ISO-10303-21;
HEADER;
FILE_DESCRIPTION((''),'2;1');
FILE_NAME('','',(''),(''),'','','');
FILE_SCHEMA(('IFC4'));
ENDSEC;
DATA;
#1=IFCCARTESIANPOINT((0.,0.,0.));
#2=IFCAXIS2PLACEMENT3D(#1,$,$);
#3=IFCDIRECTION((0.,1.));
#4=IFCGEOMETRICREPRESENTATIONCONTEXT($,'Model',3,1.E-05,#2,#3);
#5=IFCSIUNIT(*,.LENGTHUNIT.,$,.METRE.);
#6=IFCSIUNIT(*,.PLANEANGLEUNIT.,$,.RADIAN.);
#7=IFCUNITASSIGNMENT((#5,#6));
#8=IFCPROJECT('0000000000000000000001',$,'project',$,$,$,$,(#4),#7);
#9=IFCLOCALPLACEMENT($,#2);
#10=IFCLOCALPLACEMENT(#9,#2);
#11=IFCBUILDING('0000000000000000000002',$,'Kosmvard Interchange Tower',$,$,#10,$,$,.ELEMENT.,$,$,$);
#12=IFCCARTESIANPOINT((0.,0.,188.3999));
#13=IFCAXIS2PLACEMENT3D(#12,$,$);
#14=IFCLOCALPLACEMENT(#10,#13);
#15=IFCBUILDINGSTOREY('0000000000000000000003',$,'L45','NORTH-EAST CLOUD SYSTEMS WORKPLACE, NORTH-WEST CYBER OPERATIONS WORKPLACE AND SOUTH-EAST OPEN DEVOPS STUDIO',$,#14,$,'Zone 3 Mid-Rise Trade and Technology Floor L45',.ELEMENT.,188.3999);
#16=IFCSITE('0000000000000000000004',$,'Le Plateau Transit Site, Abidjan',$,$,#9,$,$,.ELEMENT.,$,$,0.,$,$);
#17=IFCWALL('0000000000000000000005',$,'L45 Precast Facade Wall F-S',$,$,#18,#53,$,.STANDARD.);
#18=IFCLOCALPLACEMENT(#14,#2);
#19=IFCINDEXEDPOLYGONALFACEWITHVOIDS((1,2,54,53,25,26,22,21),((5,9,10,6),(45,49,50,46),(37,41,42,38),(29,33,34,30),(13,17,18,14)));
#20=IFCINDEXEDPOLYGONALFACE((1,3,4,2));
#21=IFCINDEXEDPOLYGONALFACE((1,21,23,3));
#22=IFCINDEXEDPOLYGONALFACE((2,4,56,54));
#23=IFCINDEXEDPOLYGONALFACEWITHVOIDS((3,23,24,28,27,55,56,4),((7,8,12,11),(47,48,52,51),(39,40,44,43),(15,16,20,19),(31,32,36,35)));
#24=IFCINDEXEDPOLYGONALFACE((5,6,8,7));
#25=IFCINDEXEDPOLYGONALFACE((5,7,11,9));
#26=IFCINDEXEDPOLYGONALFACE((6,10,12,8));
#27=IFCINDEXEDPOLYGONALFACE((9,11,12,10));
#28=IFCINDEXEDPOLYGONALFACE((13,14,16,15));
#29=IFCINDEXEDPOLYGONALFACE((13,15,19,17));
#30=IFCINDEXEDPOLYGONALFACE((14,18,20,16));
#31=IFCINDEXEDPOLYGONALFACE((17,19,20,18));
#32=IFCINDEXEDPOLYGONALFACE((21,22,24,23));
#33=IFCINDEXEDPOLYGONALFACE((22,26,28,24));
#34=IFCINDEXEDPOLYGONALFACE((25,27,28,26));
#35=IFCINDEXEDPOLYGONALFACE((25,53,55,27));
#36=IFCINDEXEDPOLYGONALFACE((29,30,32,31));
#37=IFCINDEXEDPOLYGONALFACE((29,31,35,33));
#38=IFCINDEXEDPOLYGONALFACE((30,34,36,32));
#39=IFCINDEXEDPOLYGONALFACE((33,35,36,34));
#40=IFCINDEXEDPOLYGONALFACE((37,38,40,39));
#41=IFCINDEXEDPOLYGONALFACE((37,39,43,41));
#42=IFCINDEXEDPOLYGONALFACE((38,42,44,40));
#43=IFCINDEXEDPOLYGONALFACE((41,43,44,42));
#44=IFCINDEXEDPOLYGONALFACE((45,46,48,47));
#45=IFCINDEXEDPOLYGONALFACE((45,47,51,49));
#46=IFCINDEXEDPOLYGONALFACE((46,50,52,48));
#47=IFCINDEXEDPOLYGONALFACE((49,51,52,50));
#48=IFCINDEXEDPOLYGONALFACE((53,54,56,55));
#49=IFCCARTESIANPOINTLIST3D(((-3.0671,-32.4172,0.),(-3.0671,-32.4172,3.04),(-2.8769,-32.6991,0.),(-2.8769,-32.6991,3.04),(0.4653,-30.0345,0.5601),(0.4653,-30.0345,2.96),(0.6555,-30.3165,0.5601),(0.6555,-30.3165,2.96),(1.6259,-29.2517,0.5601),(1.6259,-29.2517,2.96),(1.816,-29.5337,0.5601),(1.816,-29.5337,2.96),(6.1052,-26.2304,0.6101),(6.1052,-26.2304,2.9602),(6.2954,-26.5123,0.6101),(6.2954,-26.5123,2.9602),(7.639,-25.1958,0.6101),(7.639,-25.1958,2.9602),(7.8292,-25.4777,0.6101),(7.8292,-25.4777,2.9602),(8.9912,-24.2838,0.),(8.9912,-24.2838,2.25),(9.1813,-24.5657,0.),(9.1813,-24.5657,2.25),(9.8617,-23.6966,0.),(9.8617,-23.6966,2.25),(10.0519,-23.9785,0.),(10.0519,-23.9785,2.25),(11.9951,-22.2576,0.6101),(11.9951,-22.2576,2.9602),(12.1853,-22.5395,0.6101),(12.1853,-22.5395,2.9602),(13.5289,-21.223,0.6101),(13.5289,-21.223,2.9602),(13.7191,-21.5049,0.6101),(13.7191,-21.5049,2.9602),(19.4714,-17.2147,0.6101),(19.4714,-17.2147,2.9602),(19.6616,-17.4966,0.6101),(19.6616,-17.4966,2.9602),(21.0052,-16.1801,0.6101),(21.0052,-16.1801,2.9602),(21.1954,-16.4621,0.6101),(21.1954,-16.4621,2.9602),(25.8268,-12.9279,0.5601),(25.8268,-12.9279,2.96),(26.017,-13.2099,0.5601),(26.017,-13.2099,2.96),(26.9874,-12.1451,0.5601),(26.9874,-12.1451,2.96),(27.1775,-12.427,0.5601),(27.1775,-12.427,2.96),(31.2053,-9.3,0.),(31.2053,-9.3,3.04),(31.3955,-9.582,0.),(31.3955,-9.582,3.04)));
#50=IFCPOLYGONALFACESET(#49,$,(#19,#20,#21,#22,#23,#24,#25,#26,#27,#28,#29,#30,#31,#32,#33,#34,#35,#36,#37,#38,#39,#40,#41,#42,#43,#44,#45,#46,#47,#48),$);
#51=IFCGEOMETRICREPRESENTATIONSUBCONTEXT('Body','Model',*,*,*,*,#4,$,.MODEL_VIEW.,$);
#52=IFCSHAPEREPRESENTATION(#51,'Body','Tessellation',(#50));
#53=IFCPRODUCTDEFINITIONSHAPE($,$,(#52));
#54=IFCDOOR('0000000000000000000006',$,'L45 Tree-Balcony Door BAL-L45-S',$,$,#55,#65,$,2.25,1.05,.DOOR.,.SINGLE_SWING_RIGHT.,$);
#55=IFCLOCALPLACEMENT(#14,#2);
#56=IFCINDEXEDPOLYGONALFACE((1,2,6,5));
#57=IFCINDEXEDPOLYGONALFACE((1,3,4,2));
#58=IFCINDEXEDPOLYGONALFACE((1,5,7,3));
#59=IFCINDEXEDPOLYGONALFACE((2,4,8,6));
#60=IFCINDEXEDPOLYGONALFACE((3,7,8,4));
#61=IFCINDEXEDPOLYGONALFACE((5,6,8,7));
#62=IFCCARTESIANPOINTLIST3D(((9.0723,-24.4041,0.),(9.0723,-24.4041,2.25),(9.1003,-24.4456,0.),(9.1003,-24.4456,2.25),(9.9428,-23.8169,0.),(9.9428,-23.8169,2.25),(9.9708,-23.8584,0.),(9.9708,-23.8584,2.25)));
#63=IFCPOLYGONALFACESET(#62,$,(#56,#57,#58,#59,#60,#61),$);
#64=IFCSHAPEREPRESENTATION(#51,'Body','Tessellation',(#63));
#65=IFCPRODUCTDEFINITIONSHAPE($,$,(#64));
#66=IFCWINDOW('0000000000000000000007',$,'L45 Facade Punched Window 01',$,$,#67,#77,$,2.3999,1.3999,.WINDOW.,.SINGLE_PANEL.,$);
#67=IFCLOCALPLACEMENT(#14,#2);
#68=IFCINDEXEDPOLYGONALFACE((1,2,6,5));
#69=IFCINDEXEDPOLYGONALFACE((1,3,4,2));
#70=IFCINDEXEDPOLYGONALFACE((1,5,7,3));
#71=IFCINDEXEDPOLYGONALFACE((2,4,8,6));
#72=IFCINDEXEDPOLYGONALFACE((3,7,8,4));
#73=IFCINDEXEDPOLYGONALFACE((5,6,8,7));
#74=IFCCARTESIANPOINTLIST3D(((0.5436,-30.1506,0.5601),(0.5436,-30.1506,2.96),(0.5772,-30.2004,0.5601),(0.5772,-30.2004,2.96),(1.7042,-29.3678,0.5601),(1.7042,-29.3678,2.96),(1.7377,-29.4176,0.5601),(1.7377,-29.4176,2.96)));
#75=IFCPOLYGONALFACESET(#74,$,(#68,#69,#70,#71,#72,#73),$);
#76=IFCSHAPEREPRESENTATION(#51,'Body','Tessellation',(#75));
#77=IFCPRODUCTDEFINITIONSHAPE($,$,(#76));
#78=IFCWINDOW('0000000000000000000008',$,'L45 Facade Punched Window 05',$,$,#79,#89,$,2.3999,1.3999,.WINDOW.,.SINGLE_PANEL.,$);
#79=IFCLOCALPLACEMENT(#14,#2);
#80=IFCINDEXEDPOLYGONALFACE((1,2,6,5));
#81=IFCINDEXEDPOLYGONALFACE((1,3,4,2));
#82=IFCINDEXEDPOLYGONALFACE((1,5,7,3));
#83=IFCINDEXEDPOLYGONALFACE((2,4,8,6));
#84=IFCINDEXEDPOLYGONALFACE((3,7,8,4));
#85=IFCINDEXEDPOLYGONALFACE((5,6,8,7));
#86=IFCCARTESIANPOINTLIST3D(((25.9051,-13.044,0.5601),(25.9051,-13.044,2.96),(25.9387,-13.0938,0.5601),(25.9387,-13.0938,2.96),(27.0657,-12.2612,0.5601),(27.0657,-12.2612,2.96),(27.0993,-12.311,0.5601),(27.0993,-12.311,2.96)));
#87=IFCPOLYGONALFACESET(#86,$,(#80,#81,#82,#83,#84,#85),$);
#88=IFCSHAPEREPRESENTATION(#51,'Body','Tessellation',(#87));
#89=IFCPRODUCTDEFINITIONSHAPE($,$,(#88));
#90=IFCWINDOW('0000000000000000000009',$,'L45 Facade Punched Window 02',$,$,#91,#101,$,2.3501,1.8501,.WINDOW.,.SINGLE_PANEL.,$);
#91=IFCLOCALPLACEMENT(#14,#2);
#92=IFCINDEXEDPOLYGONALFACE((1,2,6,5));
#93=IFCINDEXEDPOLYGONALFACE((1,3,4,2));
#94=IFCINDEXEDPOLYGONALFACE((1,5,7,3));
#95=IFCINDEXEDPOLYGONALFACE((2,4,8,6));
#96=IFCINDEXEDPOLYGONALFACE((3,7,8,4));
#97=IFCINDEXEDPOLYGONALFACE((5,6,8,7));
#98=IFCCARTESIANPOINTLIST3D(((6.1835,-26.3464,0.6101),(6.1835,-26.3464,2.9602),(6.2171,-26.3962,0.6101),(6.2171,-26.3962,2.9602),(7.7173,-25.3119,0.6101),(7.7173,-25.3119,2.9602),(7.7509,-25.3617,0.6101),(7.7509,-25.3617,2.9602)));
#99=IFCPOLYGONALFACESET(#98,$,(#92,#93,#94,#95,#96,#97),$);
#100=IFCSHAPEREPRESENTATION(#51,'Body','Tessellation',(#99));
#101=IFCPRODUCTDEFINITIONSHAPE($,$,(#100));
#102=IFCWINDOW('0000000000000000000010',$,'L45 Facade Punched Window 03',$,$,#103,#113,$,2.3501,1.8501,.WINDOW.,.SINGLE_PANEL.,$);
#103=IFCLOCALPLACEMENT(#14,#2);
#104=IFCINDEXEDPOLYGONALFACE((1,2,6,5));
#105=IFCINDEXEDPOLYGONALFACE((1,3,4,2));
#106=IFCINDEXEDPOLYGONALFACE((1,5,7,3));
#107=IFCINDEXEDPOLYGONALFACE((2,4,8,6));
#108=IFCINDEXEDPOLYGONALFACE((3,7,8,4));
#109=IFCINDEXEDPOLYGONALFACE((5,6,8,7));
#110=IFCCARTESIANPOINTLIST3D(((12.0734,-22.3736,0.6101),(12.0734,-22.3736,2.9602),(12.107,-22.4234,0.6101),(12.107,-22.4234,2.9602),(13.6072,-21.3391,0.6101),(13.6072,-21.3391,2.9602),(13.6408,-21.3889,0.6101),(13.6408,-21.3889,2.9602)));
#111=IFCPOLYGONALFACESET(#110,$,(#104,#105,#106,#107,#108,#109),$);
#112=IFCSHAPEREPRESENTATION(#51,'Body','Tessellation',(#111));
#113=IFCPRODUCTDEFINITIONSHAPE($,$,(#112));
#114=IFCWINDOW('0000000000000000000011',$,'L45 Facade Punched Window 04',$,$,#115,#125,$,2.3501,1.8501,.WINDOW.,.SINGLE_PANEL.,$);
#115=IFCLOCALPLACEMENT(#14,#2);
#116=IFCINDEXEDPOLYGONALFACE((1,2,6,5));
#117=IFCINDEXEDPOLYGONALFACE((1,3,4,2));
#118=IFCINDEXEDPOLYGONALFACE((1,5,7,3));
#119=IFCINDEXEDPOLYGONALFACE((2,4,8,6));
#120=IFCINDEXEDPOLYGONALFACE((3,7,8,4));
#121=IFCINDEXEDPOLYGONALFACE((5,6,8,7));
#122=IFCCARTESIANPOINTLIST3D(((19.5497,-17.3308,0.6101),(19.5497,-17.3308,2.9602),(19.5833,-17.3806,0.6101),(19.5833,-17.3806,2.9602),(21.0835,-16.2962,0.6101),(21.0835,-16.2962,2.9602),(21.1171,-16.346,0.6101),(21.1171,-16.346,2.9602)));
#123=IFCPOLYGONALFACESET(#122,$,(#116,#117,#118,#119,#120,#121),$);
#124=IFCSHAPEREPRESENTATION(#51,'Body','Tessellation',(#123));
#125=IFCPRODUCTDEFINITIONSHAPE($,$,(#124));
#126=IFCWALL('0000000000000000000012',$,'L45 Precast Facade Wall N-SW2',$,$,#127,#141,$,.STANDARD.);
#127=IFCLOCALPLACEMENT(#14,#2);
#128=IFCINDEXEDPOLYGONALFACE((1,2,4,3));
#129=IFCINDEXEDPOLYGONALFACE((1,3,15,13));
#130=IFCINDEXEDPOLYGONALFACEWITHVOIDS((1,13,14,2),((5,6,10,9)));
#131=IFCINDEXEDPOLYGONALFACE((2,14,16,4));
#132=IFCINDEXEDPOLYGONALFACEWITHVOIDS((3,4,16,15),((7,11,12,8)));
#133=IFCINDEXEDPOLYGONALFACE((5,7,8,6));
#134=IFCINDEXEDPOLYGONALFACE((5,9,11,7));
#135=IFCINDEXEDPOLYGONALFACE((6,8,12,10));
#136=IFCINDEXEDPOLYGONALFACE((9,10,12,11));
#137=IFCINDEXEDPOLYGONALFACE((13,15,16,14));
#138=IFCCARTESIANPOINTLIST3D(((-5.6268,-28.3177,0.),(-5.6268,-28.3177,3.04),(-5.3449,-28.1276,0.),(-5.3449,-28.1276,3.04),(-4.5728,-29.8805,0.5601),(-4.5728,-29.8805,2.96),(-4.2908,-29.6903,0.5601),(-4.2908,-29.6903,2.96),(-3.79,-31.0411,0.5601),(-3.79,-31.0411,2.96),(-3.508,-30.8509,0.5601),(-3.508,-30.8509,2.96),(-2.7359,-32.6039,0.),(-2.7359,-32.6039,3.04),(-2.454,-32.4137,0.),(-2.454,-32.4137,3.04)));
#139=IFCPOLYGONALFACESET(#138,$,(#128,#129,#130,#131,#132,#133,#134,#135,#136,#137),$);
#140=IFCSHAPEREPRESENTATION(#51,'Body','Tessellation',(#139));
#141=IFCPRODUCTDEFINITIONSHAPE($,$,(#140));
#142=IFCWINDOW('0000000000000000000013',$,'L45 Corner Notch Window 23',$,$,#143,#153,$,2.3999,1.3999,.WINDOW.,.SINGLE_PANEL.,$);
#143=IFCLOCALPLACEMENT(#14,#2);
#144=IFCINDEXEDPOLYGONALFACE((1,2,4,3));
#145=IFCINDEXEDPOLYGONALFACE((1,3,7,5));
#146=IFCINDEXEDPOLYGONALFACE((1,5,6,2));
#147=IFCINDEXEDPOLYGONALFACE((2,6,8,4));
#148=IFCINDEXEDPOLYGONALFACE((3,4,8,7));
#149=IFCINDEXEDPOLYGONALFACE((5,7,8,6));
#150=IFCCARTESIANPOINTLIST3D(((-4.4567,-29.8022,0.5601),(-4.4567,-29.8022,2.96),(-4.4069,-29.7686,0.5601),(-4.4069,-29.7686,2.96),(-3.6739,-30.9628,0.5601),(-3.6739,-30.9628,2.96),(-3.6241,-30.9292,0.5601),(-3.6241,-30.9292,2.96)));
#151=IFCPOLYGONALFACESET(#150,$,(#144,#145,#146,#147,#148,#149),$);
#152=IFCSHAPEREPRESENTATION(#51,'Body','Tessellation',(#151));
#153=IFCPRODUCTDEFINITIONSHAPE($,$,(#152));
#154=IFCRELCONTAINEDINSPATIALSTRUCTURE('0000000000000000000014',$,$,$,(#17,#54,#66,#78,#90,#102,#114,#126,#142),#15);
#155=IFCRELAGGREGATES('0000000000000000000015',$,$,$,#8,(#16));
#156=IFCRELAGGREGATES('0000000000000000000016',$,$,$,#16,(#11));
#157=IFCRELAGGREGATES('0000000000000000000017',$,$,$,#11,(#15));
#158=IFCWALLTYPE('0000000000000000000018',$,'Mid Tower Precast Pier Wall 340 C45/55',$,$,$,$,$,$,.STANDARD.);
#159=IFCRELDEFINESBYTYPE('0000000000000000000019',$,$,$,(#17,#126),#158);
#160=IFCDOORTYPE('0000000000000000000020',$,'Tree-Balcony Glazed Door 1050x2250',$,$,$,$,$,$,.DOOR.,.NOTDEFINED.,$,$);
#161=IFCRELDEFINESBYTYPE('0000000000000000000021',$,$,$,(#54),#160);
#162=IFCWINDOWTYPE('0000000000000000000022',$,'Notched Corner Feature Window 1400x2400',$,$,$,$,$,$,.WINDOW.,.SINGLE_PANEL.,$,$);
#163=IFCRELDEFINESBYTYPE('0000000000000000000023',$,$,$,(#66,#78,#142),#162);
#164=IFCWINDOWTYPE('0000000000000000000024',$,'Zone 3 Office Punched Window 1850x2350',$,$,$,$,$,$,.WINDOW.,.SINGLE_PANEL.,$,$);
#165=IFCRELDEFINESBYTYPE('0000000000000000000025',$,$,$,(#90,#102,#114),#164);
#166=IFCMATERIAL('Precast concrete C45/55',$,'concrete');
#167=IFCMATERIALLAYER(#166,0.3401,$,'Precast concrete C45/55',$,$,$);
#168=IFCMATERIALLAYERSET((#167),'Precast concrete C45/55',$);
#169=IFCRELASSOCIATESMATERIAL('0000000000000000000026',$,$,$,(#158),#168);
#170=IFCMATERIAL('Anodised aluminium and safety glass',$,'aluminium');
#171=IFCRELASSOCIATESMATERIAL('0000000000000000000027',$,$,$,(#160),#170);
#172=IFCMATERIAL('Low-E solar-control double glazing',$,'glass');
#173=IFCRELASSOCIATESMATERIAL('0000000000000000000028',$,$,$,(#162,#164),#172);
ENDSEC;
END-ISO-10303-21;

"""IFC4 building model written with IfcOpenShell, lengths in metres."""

from ifc_helpers import new_model, si_unit, direction, frame, frame_2d, origin, place, context, subcontext, project, spatial, rectangle, extrude, source, transform, mapped, material, layer, layer_set, type_object, element, fill, save


model = new_model("IFC4")

# Units and contexts
model_context = context("Model", 3, precision=1e-05, world=origin(), true_north=direction((0.0, 1.0)))
body_context = subcontext(model_context, "Body", "Model", "MODEL_VIEW")
ifc_project = project(units=[si_unit("LENGTHUNIT", "METRE"), si_unit("PLANEANGLEUNIT", "RADIAN")], contexts=[model_context])

# Site, building, storey
site_placement = place(None, origin())
site = spatial("IfcSite", under=ifc_project, at=site_placement, Name="Le Plateau Transit Site, Abidjan", CompositionType="ELEMENT", RefElevation=0.0)
building_placement = place(site_placement, origin())
building = spatial("IfcBuilding", under=site, at=building_placement, Name="Kosmvard Interchange Tower", CompositionType="ELEMENT")
storey_placement = place(building_placement, frame((0.0, 0.0, 188.3999)))
storey = spatial("IfcBuildingStorey", under=building, at=storey_placement, Name="L45", Description="NORTH-EAST CLOUD SYSTEMS WORKPLACE, NORTH-WEST CYBER OPERATIONS WORKPLACE AND SOUTH-EAST OPEN DEVOPS STUDIO", LongName="Zone 3 Mid-Rise Trade and Technology Floor L45", CompositionType="ELEMENT", Elevation=188.3999)

# Shared definitions
ifc_material_1 = material(Name="Precast concrete C45/55", Category="concrete")

# Wall, openings, door, windows
ifc_layer_1 = layer(ifc_material_1, 0.3401, Name="Precast concrete C45/55")
ifc_layer_set_1 = layer_set([ifc_layer_1], Name="Precast concrete C45/55")
wall_type_1 = type_object("IfcWallType", Name="Mid Tower Precast Pier Wall 340 C45/55", PredefinedType="STANDARD", material=ifc_layer_set_1)
wall_1_placement = place(storey_placement, frame((-2.9719, -32.5581, 0.0), z_axis=(0.0, 0.0, 1.0), x_axis=(0.829036, 0.559195, 0.0)))
wall_1 = element("IfcWall", 1, at=wall_1_placement, inside=storey, type_object=wall_type_1, Name="L45 Precast Facade Wall F-S", PredefinedType="STANDARD", context=body_context, shape_type="SweptSolid", body=[
    extrude(rectangle(XDim=41.3401, YDim=0.3401, at=frame_2d((20.6699, 0.0))), origin(), (0.0, 0.0, 1.0), 3.04),
])
opening_1_placement = place(wall_1_placement, frame((14.5449, 0.0, 0.0)))
opening_1 = element("IfcOpeningElement", 2, at=opening_1_placement, cuts=wall_1, PredefinedType="OPENING", context=body_context, shape_type="SweptSolid", body=[
    extrude(rectangle(XDim=1.05, YDim=2.25, at=frame_2d((0.5249, 1.125))), frame((0.0, 0.1802, 0.0), z_axis=(0.0, -1.0, 0.0), x_axis=(1.0, 0.0, 0.0)), (0.0, 0.0, 1.0), 0.3601),
])
opening_2_placement = place(wall_1_placement, frame((4.2607, 0.0, 0.5601)))
opening_2 = element("IfcOpeningElement", 3, at=opening_2_placement, cuts=wall_1, PredefinedType="OPENING", context=body_context, shape_type="SweptSolid", body=[
    extrude(rectangle(XDim=1.3999, YDim=2.3999, at=frame_2d((0.7, 1.2))), frame((0.0, 0.1802, 0.0), z_axis=(0.0, -1.0, 0.0), x_axis=(1.0, 0.0, 0.0)), (0.0, 0.0, 1.0), 0.3601),
])
opening_3_placement = place(wall_1_placement, frame((11.0637, 0.0, 0.6101)))
opening_3 = element("IfcOpeningElement", 4, at=opening_3_placement, cuts=wall_1, PredefinedType="OPENING", context=body_context, shape_type="SweptSolid", body=[
    extrude(rectangle(XDim=1.8501, YDim=2.3501, at=frame_2d((0.925, 1.175))), frame((0.0, 0.1802, 0.0), z_axis=(0.0, -1.0, 0.0), x_axis=(1.0, 0.0, 0.0)), (0.0, 0.0, 1.0), 0.3601),
])
opening_4_placement = place(wall_1_placement, frame((18.1682, 0.0, 0.6101)))
opening_4 = element("IfcOpeningElement", 5, at=opening_4_placement, cuts=wall_1, PredefinedType="OPENING", context=body_context, shape_type="SweptSolid", body=[
    extrude(rectangle(XDim=1.8501, YDim=2.3501, at=frame_2d((0.925, 1.175))), frame((0.0, 0.1802, 0.0), z_axis=(0.0, -1.0, 0.0), x_axis=(1.0, 0.0, 0.0)), (0.0, 0.0, 1.0), 0.3601),
])
opening_5_placement = place(wall_1_placement, frame((27.1863, 0.0, 0.6101)))
opening_5 = element("IfcOpeningElement", 6, at=opening_5_placement, cuts=wall_1, PredefinedType="OPENING", context=body_context, shape_type="SweptSolid", body=[
    extrude(rectangle(XDim=1.8501, YDim=2.3501, at=frame_2d((0.925, 1.175))), frame((0.0, 0.1802, 0.0), z_axis=(0.0, -1.0, 0.0), x_axis=(1.0, 0.0, 0.0)), (0.0, 0.0, 1.0), 0.3601),
])
opening_6_placement = place(wall_1_placement, frame((34.8523, 0.0, 0.5601)))
opening_6 = element("IfcOpeningElement", 7, at=opening_6_placement, cuts=wall_1, PredefinedType="OPENING", context=body_context, shape_type="SweptSolid", body=[
    extrude(rectangle(XDim=1.3999, YDim=2.3999, at=frame_2d((0.7, 1.2))), frame((0.0, 0.1802, 0.0), z_axis=(0.0, -1.0, 0.0), x_axis=(1.0, 0.0, 0.0)), (0.0, 0.0, 1.0), 0.3601),
])
ifc_material_2 = material(Name="Anodised aluminium and safety glass", Category="aluminium")
door_type = type_object("IfcDoorType", Name="Tree-Balcony Glazed Door 1050x2250", OperationType="NOTDEFINED", PredefinedType="DOOR", material=ifc_material_2)
shared_shape_1 = source(origin(), body_context, "Body", "SweptSolid", [
    extrude(rectangle(XDim=1.05, YDim=2.25, at=frame_2d((0.5249, 1.125))), frame((0.0, 0.0249, 0.0), z_axis=(0.0, -1.0, 0.0), x_axis=(1.0, 0.0, 0.0)), (0.0, 0.0, 1.0), 0.05),
])
door_placement = place(opening_1_placement, origin())
door = element("IfcDoor", 8, at=door_placement, inside=storey, type_object=door_type, Name="L45 Tree-Balcony Door BAL-L45-S", OperationType="SINGLE_SWING_RIGHT", OverallHeight=2.25, OverallWidth=1.05, PredefinedType="DOOR", context=body_context, shape_type="MappedRepresentation", body=[
    mapped(shared_shape_1, transform((0.0, 0.0, 0.0), scale=1.0)),
])
fill(opening_1, door)
ifc_material_3 = material(Name="Low-E solar-control double glazing", Category="glass")
window_type_1 = type_object("IfcWindowType", Name="Notched Corner Feature Window 1400x2400", PartitioningType="SINGLE_PANEL", PredefinedType="WINDOW", material=ifc_material_3)
shared_shape_2 = source(origin(), body_context, "Body", "SweptSolid", [
    extrude(rectangle(XDim=1.3999, YDim=2.3999, at=frame_2d((0.7, 1.2))), frame((0.0, 0.03, 0.0), z_axis=(0.0, -1.0, 0.0), x_axis=(1.0, 0.0, 0.0)), (0.0, 0.0, 1.0), 0.0601),
])
window_1_placement = place(opening_2_placement, origin())
window_1 = element("IfcWindow", 9, at=window_1_placement, inside=storey, type_object=window_type_1, Name="L45 Facade Punched Window 01", OverallHeight=2.3999, OverallWidth=1.3999, PartitioningType="SINGLE_PANEL", PredefinedType="WINDOW", context=body_context, shape_type="MappedRepresentation", body=[
    mapped(shared_shape_2, transform((0.0, 0.0, 0.0), scale=1.0)),
])
fill(opening_2, window_1)
window_2_placement = place(opening_6_placement, origin())
window_2 = element("IfcWindow", 10, at=window_2_placement, inside=storey, type_object=window_type_1, Name="L45 Facade Punched Window 05", OverallHeight=2.3999, OverallWidth=1.3999, PartitioningType="SINGLE_PANEL", PredefinedType="WINDOW", context=body_context, shape_type="MappedRepresentation", body=[
    mapped(shared_shape_2, transform((0.0, 0.0, 0.0), scale=1.0)),
])
fill(opening_6, window_2)
window_type_2 = type_object("IfcWindowType", Name="Zone 3 Office Punched Window 1850x2350", PartitioningType="SINGLE_PANEL", PredefinedType="WINDOW", material=ifc_material_3)
shared_shape_3 = source(origin(), body_context, "Body", "SweptSolid", [
    extrude(rectangle(XDim=1.8501, YDim=2.3501, at=frame_2d((0.925, 1.175))), frame((0.0, 0.03, 0.0), z_axis=(0.0, -1.0, 0.0), x_axis=(1.0, 0.0, 0.0)), (0.0, 0.0, 1.0), 0.0601),
])
window_3_placement = place(opening_3_placement, origin())
window_3 = element("IfcWindow", 11, at=window_3_placement, inside=storey, type_object=window_type_2, Name="L45 Facade Punched Window 02", OverallHeight=2.3501, OverallWidth=1.8501, PartitioningType="SINGLE_PANEL", PredefinedType="WINDOW", context=body_context, shape_type="MappedRepresentation", body=[
    mapped(shared_shape_3, transform((0.0, 0.0, 0.0), scale=1.0)),
])
fill(opening_3, window_3)
window_4_placement = place(opening_4_placement, origin())
window_4 = element("IfcWindow", 12, at=window_4_placement, inside=storey, type_object=window_type_2, Name="L45 Facade Punched Window 03", OverallHeight=2.3501, OverallWidth=1.8501, PartitioningType="SINGLE_PANEL", PredefinedType="WINDOW", context=body_context, shape_type="MappedRepresentation", body=[
    mapped(shared_shape_3, transform((0.0, 0.0, 0.0), scale=1.0)),
])
fill(opening_4, window_4)
window_5_placement = place(opening_5_placement, origin())
window_5 = element("IfcWindow", 13, at=window_5_placement, inside=storey, type_object=window_type_2, Name="L45 Facade Punched Window 04", OverallHeight=2.3501, OverallWidth=1.8501, PartitioningType="SINGLE_PANEL", PredefinedType="WINDOW", context=body_context, shape_type="MappedRepresentation", body=[
    mapped(shared_shape_3, transform((0.0, 0.0, 0.0), scale=1.0)),
])
fill(opening_5, window_5)

# Wall, opening, window
wall_2_placement = place(storey_placement, frame((-5.4858, -28.2227, 0.0), z_axis=(0.0, 0.0, 1.0), x_axis=(0.559171, -0.829052, 0.0)))
wall_2 = element("IfcWall", 14, at=wall_2_placement, inside=storey, type_object=wall_type_1, Name="L45 Precast Facade Wall N-SW2", PredefinedType="STANDARD", context=body_context, shape_type="SweptSolid", body=[
    extrude(rectangle(XDim=5.1699, YDim=0.3401, at=frame_2d((2.585, 0.0))), origin(), (0.0, 0.0, 1.0), 3.04),
])
opening_7_placement = place(wall_2_placement, frame((1.885, 0.0, 0.5601)))
opening_7 = element("IfcOpeningElement", 15, at=opening_7_placement, cuts=wall_2, PredefinedType="OPENING", context=body_context, shape_type="SweptSolid", body=[
    extrude(rectangle(XDim=1.3999, YDim=2.3999, at=frame_2d((0.7, 1.2))), frame((0.0, 0.1802, 0.0), z_axis=(0.0, -1.0, 0.0), x_axis=(1.0, 0.0, 0.0)), (0.0, 0.0, 1.0), 0.3601),
])
window_6_placement = place(opening_7_placement, origin())
window_6 = element("IfcWindow", 16, at=window_6_placement, inside=storey, type_object=window_type_1, Name="L45 Corner Notch Window 23", OverallHeight=2.3999, OverallWidth=1.3999, PartitioningType="SINGLE_PANEL", PredefinedType="WINDOW", context=body_context, shape_type="MappedRepresentation", body=[
    mapped(shared_shape_2, transform((0.0, 0.0, 0.0), scale=1.0)),
])
fill(opening_7, window_6)

save(model, "model.ifc")
